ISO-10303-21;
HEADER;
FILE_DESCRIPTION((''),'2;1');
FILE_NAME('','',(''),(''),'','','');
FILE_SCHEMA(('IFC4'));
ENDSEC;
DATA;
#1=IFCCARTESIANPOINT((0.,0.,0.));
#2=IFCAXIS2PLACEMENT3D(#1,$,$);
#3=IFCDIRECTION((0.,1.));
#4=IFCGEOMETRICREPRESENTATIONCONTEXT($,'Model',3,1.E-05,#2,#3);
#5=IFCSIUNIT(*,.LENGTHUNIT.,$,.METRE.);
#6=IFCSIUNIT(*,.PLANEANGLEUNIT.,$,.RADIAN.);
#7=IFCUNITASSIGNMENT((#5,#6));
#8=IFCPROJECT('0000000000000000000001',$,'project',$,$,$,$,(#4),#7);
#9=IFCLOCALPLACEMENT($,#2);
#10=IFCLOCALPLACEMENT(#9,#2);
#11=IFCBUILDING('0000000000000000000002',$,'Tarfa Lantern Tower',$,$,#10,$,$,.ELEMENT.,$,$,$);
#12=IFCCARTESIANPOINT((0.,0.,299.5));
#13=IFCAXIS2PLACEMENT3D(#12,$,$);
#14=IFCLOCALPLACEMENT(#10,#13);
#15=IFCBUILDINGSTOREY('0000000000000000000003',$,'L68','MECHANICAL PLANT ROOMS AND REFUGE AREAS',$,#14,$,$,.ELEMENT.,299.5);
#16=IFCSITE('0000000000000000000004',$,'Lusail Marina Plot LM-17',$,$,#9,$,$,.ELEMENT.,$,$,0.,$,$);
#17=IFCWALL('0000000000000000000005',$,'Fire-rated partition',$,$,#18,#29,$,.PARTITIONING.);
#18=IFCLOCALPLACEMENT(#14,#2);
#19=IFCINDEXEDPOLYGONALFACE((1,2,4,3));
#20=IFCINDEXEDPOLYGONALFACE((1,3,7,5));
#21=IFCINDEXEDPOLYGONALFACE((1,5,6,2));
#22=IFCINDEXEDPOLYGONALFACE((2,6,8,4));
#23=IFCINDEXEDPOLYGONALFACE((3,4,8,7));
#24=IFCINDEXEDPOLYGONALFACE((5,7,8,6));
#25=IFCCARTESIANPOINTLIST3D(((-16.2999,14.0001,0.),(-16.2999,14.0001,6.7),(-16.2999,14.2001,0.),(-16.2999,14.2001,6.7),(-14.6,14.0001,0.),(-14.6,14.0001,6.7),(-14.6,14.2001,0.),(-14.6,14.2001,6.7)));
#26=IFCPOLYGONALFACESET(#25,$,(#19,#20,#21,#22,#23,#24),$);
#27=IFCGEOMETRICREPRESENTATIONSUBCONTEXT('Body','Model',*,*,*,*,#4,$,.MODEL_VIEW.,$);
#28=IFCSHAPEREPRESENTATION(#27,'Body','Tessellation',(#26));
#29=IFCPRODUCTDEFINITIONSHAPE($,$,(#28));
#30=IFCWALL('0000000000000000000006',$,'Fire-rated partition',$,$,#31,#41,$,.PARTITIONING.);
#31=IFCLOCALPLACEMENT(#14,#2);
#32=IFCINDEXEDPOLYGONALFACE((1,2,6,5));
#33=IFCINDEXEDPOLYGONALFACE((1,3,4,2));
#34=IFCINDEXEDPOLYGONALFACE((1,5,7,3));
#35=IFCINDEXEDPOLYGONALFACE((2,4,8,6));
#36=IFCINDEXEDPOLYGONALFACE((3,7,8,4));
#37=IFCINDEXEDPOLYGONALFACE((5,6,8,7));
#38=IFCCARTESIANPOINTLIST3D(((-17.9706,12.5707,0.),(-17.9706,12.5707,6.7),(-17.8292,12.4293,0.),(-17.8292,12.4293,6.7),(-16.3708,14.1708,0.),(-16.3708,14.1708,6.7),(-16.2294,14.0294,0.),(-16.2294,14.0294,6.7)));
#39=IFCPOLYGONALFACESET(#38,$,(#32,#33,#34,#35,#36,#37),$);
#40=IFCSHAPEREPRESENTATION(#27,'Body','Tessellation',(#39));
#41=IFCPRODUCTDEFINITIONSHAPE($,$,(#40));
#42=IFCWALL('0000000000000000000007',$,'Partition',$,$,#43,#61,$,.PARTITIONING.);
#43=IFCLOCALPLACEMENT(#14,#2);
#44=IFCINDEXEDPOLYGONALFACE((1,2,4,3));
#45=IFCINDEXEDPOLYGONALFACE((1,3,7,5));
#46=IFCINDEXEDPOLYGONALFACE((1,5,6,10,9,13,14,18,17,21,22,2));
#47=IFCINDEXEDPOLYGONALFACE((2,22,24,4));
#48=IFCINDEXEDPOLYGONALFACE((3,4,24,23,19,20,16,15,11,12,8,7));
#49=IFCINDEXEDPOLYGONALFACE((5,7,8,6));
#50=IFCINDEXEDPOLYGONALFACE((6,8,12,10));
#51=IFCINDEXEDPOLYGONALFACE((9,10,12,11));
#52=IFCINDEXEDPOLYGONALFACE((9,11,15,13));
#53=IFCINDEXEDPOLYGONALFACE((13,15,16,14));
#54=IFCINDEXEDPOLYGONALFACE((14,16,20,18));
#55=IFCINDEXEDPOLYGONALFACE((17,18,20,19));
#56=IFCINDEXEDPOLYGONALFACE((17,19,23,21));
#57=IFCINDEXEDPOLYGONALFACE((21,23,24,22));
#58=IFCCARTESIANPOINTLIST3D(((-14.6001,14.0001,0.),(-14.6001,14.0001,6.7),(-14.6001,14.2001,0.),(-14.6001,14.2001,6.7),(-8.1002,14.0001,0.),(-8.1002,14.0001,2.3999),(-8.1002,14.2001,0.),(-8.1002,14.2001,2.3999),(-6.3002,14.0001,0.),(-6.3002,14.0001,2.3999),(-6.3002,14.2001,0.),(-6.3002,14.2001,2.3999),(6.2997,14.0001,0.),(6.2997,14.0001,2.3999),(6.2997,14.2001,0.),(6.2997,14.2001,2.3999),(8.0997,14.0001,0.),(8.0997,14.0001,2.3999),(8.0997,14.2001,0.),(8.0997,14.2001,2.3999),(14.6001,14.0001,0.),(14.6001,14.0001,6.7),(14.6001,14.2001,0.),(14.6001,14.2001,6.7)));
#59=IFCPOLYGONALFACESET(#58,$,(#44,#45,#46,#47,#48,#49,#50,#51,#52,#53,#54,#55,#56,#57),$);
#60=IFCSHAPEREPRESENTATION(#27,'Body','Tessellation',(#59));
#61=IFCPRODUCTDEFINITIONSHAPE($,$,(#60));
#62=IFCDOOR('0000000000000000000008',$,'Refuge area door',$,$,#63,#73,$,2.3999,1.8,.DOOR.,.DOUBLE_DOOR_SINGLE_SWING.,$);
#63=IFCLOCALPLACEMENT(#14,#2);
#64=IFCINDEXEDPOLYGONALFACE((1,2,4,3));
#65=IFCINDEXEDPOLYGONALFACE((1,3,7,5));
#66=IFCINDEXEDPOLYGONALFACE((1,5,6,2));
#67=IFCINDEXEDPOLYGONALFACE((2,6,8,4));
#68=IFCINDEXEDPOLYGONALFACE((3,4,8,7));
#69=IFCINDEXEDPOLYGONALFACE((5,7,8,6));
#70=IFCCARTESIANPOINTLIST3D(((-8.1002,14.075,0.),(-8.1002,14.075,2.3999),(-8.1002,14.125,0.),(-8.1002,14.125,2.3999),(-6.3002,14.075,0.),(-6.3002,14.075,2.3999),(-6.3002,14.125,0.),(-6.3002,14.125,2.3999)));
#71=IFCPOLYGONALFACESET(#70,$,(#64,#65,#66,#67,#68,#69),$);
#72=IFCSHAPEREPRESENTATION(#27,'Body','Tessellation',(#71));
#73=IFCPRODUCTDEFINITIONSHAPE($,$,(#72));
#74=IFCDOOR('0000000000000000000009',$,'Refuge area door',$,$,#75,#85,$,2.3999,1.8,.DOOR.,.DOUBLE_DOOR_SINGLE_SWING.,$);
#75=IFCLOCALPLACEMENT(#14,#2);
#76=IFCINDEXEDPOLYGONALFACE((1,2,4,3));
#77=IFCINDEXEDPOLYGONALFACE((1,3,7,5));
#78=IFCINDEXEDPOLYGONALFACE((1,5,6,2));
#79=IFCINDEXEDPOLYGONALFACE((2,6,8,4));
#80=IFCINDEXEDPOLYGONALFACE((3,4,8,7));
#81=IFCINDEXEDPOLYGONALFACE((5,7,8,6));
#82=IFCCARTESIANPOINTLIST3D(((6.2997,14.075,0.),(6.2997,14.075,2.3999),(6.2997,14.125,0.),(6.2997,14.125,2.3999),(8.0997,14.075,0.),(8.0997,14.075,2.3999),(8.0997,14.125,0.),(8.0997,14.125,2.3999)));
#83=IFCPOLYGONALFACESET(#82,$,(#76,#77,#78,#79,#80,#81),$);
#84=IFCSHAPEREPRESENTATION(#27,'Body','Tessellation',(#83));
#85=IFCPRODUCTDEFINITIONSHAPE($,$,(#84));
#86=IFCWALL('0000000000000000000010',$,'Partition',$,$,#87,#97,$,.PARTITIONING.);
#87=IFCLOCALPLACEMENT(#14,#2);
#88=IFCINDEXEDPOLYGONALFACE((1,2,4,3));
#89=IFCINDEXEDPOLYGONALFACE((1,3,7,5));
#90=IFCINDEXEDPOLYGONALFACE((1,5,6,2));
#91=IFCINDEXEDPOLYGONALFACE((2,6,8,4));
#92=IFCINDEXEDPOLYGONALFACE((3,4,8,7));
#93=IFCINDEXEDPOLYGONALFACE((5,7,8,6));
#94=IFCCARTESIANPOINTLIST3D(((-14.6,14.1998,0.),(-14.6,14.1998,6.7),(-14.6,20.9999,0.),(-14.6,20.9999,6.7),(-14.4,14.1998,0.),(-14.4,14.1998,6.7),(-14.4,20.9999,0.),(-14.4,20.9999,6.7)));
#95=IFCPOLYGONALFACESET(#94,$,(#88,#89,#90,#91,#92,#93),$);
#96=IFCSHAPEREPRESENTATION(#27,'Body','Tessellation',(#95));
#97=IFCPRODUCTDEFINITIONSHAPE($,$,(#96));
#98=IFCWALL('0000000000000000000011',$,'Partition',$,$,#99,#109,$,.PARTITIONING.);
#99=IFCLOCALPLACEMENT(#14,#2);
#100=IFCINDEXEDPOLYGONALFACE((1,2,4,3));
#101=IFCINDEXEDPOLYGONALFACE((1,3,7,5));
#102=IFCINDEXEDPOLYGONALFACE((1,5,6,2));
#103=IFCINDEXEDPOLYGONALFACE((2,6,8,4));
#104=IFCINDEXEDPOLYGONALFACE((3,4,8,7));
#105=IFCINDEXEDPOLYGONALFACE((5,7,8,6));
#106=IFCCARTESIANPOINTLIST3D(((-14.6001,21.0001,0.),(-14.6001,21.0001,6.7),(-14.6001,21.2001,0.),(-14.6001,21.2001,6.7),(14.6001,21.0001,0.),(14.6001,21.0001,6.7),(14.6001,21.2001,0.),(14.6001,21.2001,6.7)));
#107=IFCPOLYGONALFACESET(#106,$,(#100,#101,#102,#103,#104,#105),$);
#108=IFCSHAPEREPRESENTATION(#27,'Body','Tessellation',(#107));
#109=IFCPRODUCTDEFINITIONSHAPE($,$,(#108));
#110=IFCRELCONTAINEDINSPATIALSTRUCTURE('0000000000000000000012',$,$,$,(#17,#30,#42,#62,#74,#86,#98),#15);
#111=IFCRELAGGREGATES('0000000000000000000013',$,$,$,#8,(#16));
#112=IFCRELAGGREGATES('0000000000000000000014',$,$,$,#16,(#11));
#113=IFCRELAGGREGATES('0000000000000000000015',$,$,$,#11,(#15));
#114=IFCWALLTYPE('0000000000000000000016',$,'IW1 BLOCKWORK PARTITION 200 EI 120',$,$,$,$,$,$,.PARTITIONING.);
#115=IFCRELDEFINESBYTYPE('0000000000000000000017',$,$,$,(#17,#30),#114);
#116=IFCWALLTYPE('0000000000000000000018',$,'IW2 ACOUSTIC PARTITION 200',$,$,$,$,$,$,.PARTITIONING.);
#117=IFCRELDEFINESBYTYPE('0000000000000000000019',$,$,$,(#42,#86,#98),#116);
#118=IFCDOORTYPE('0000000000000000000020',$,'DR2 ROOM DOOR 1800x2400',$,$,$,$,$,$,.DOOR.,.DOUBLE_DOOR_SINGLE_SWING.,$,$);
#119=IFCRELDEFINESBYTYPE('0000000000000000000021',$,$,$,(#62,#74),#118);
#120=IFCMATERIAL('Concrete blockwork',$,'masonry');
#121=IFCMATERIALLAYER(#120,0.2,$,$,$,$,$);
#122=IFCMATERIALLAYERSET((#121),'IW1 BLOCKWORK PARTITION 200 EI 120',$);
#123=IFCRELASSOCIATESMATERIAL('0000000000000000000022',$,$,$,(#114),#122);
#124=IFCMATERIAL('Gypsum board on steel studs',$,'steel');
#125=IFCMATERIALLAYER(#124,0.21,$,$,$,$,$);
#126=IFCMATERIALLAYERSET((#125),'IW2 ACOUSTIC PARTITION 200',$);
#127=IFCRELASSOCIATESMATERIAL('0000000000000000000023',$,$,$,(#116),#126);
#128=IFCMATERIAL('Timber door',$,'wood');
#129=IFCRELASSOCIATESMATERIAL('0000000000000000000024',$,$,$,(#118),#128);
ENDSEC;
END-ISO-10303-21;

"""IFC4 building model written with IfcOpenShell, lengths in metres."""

from ifc_helpers import new_model, si_unit, direction, frame, frame_2d, origin, place, context, subcontext, project, spatial, rectangle, extrude, material, layer, layer_set, type_object, element, fill, save


model = new_model("IFC4")

# Units and contexts
model_context = context("Model", 3, precision=1e-05, world=origin(), true_north=direction((0.0, 1.0)))
body_context = subcontext(model_context, "Body", "Model", "MODEL_VIEW")
ifc_project = project(units=[si_unit("LENGTHUNIT", "METRE"), si_unit("PLANEANGLEUNIT", "RADIAN")], contexts=[model_context])

# Site, building, storey
site_placement = place(None, origin())
site = spatial("IfcSite", under=ifc_project, at=site_placement, Name="Lusail Marina Plot LM-17", CompositionType="ELEMENT", RefElevation=0.0)
building_placement = place(site_placement, origin())
building = spatial("IfcBuilding", under=site, at=building_placement, Name="Tarfa Lantern Tower", CompositionType="ELEMENT")
storey_placement = place(building_placement, frame((0.0, 0.0, 299.5)))
storey = spatial("IfcBuildingStorey", under=building, at=storey_placement, Name="L68", Description="MECHANICAL PLANT ROOMS AND REFUGE AREAS", CompositionType="ELEMENT", Elevation=299.5)

# Walls
ifc_material_1 = material(Name="Concrete blockwork", Category="masonry")
ifc_layer_1 = layer(ifc_material_1, 0.2)
ifc_layer_set_1 = layer_set([ifc_layer_1], Name="IW1 BLOCKWORK PARTITION 200 EI 120")
wall_type_1 = type_object("IfcWallType", Name="IW1 BLOCKWORK PARTITION 200 EI 120", PredefinedType="PARTITIONING", material=ifc_layer_set_1)
wall_1_placement = place(storey_placement, frame((-16.3, 14.1001, 0.0), z_axis=(0.0, 0.0, 1.0), x_axis=(1.0, 0.0, 0.0)))
element("IfcWall", 1, at=wall_1_placement, inside=storey, type_object=wall_type_1, Name="Fire-rated partition", PredefinedType="PARTITIONING", context=body_context, shape_type="SweptSolid", body=[
    extrude(rectangle(XDim=1.7, YDim=0.2, at=frame_2d((0.8501, 0.0))), origin(), (0.0, 0.0, 1.0), 6.7),
])
wall_2_placement = place(storey_placement, frame((-17.8999, 12.5, 0.0), z_axis=(0.0, 0.0, 1.0), x_axis=(0.707053, 0.707161, 0.0)))
element("IfcWall", 2, at=wall_2_placement, inside=storey, type_object=wall_type_1, Name="Fire-rated partition", PredefinedType="PARTITIONING", context=body_context, shape_type="SweptSolid", body=[
    extrude(rectangle(XDim=2.2627, YDim=0.2, at=frame_2d((1.1313, 0.0))), origin(), (0.0, 0.0, 1.0), 6.7),
])

# Wall, openings, doors
ifc_material_2 = material(Name="Gypsum board on steel studs", Category="steel")
ifc_layer_2 = layer(ifc_material_2, 0.21)
ifc_layer_set_2 = layer_set([ifc_layer_2], Name="IW2 ACOUSTIC PARTITION 200")
wall_type_2 = type_object("IfcWallType", Name="IW2 ACOUSTIC PARTITION 200", PredefinedType="PARTITIONING", material=ifc_layer_set_2)
wall_3_placement = place(storey_placement, frame((-14.6001, 14.1001, 0.0), z_axis=(0.0, 0.0, 1.0), x_axis=(1.0, 0.0, 0.0)))
wall_3 = element("IfcWall", 3, at=wall_3_placement, inside=storey, type_object=wall_type_2, Name="Partition", PredefinedType="PARTITIONING", context=body_context, shape_type="SweptSolid", body=[
    extrude(rectangle(XDim=29.2002, YDim=0.2, at=frame_2d((14.6001, 0.0))), origin(), (0.0, 0.0, 1.0), 6.7),
])
opening_1_placement = place(wall_3_placement, frame((6.5, 0.0, 0.0)))
opening_1 = element("IfcOpeningElement", 4, at=opening_1_placement, cuts=wall_3, PredefinedType="OPENING", context=body_context, shape_type="SweptSolid", body=[
    extrude(rectangle(XDim=1.8, YDim=2.3999, at=frame_2d((0.8999, 1.2))), frame((0.0, 0.1099, 0.0), z_axis=(0.0, -1.0, 0.0), x_axis=(1.0, 0.0, 0.0)), (0.0, 0.0, 1.0), 0.22),
])
opening_2_placement = place(wall_3_placement, frame((20.8999, 0.0, 0.0)))
opening_2 = element("IfcOpeningElement", 5, at=opening_2_placement, cuts=wall_3, PredefinedType="OPENING", context=body_context, shape_type="SweptSolid", body=[
    extrude(rectangle(XDim=1.8, YDim=2.3999, at=frame_2d((0.8999, 1.2))), frame((0.0, 0.1099, 0.0), z_axis=(0.0, -1.0, 0.0), x_axis=(1.0, 0.0, 0.0)), (0.0, 0.0, 1.0), 0.22),
])
ifc_material_3 = material(Name="Timber door", Category="wood")
door_type_1 = type_object("IfcDoorType", Name="DR2 ROOM DOOR 1800x2400", OperationType="DOUBLE_DOOR_SINGLE_SWING", PredefinedType="DOOR", material=ifc_material_3)
door_1_placement = place(opening_1_placement, origin())
door_1 = element("IfcDoor", 6, at=door_1_placement, inside=storey, type_object=door_type_1, Name="Refuge area door", OperationType="DOUBLE_DOOR_SINGLE_SWING", OverallHeight=2.3999, OverallWidth=1.8, PredefinedType="DOOR", context=body_context, shape_type="SweptSolid", body=[
    extrude(rectangle(XDim=1.8, YDim=2.3999, at=frame_2d((0.8999, 1.2))), frame((0.0, 0.0249, 0.0), z_axis=(0.0, -1.0, 0.0), x_axis=(1.0, 0.0, 0.0)), (0.0, 0.0, 1.0), 0.05),
])
fill(opening_1, door_1)
door_2_placement = place(opening_2_placement, origin())
door_2 = element("IfcDoor", 7, at=door_2_placement, inside=storey, type_object=door_type_1, Name="Refuge area door", OperationType="DOUBLE_DOOR_SINGLE_SWING", OverallHeight=2.3999, OverallWidth=1.8, PredefinedType="DOOR", context=body_context, shape_type="SweptSolid", body=[
    extrude(rectangle(XDim=1.8, YDim=2.3999, at=frame_2d((0.8999, 1.2))), frame((0.0, 0.0249, 0.0), z_axis=(0.0, -1.0, 0.0), x_axis=(1.0, 0.0, 0.0)), (0.0, 0.0, 1.0), 0.05),
])
fill(opening_2, door_2)

# Walls
wall_4_placement = place(storey_placement, frame((-14.5, 14.2, 0.0), z_axis=(0.0, 0.0, 1.0), x_axis=(0.0, 1.0, 0.0)))
element("IfcWall", 8, at=wall_4_placement, inside=storey, type_object=wall_type_2, Name="Partition", PredefinedType="PARTITIONING", context=body_context, shape_type="SweptSolid", body=[
    extrude(rectangle(XDim=6.8, YDim=0.2, at=frame_2d((3.3999, 0.0))), origin(), (0.0, 0.0, 1.0), 6.7),
])
wall_5_placement = place(storey_placement, frame((-14.6001, 21.1001, 0.0), z_axis=(0.0, 0.0, 1.0), x_axis=(1.0, 0.0, 0.0)))
element("IfcWall", 9, at=wall_5_placement, inside=storey, type_object=wall_type_2, Name="Partition", PredefinedType="PARTITIONING", context=body_context, shape_type="SweptSolid", body=[
    extrude(rectangle(XDim=29.2002, YDim=0.2, at=frame_2d((14.6001, 0.0))), origin(), (0.0, 0.0, 1.0), 6.7),
])

save(model, "model.ifc")
